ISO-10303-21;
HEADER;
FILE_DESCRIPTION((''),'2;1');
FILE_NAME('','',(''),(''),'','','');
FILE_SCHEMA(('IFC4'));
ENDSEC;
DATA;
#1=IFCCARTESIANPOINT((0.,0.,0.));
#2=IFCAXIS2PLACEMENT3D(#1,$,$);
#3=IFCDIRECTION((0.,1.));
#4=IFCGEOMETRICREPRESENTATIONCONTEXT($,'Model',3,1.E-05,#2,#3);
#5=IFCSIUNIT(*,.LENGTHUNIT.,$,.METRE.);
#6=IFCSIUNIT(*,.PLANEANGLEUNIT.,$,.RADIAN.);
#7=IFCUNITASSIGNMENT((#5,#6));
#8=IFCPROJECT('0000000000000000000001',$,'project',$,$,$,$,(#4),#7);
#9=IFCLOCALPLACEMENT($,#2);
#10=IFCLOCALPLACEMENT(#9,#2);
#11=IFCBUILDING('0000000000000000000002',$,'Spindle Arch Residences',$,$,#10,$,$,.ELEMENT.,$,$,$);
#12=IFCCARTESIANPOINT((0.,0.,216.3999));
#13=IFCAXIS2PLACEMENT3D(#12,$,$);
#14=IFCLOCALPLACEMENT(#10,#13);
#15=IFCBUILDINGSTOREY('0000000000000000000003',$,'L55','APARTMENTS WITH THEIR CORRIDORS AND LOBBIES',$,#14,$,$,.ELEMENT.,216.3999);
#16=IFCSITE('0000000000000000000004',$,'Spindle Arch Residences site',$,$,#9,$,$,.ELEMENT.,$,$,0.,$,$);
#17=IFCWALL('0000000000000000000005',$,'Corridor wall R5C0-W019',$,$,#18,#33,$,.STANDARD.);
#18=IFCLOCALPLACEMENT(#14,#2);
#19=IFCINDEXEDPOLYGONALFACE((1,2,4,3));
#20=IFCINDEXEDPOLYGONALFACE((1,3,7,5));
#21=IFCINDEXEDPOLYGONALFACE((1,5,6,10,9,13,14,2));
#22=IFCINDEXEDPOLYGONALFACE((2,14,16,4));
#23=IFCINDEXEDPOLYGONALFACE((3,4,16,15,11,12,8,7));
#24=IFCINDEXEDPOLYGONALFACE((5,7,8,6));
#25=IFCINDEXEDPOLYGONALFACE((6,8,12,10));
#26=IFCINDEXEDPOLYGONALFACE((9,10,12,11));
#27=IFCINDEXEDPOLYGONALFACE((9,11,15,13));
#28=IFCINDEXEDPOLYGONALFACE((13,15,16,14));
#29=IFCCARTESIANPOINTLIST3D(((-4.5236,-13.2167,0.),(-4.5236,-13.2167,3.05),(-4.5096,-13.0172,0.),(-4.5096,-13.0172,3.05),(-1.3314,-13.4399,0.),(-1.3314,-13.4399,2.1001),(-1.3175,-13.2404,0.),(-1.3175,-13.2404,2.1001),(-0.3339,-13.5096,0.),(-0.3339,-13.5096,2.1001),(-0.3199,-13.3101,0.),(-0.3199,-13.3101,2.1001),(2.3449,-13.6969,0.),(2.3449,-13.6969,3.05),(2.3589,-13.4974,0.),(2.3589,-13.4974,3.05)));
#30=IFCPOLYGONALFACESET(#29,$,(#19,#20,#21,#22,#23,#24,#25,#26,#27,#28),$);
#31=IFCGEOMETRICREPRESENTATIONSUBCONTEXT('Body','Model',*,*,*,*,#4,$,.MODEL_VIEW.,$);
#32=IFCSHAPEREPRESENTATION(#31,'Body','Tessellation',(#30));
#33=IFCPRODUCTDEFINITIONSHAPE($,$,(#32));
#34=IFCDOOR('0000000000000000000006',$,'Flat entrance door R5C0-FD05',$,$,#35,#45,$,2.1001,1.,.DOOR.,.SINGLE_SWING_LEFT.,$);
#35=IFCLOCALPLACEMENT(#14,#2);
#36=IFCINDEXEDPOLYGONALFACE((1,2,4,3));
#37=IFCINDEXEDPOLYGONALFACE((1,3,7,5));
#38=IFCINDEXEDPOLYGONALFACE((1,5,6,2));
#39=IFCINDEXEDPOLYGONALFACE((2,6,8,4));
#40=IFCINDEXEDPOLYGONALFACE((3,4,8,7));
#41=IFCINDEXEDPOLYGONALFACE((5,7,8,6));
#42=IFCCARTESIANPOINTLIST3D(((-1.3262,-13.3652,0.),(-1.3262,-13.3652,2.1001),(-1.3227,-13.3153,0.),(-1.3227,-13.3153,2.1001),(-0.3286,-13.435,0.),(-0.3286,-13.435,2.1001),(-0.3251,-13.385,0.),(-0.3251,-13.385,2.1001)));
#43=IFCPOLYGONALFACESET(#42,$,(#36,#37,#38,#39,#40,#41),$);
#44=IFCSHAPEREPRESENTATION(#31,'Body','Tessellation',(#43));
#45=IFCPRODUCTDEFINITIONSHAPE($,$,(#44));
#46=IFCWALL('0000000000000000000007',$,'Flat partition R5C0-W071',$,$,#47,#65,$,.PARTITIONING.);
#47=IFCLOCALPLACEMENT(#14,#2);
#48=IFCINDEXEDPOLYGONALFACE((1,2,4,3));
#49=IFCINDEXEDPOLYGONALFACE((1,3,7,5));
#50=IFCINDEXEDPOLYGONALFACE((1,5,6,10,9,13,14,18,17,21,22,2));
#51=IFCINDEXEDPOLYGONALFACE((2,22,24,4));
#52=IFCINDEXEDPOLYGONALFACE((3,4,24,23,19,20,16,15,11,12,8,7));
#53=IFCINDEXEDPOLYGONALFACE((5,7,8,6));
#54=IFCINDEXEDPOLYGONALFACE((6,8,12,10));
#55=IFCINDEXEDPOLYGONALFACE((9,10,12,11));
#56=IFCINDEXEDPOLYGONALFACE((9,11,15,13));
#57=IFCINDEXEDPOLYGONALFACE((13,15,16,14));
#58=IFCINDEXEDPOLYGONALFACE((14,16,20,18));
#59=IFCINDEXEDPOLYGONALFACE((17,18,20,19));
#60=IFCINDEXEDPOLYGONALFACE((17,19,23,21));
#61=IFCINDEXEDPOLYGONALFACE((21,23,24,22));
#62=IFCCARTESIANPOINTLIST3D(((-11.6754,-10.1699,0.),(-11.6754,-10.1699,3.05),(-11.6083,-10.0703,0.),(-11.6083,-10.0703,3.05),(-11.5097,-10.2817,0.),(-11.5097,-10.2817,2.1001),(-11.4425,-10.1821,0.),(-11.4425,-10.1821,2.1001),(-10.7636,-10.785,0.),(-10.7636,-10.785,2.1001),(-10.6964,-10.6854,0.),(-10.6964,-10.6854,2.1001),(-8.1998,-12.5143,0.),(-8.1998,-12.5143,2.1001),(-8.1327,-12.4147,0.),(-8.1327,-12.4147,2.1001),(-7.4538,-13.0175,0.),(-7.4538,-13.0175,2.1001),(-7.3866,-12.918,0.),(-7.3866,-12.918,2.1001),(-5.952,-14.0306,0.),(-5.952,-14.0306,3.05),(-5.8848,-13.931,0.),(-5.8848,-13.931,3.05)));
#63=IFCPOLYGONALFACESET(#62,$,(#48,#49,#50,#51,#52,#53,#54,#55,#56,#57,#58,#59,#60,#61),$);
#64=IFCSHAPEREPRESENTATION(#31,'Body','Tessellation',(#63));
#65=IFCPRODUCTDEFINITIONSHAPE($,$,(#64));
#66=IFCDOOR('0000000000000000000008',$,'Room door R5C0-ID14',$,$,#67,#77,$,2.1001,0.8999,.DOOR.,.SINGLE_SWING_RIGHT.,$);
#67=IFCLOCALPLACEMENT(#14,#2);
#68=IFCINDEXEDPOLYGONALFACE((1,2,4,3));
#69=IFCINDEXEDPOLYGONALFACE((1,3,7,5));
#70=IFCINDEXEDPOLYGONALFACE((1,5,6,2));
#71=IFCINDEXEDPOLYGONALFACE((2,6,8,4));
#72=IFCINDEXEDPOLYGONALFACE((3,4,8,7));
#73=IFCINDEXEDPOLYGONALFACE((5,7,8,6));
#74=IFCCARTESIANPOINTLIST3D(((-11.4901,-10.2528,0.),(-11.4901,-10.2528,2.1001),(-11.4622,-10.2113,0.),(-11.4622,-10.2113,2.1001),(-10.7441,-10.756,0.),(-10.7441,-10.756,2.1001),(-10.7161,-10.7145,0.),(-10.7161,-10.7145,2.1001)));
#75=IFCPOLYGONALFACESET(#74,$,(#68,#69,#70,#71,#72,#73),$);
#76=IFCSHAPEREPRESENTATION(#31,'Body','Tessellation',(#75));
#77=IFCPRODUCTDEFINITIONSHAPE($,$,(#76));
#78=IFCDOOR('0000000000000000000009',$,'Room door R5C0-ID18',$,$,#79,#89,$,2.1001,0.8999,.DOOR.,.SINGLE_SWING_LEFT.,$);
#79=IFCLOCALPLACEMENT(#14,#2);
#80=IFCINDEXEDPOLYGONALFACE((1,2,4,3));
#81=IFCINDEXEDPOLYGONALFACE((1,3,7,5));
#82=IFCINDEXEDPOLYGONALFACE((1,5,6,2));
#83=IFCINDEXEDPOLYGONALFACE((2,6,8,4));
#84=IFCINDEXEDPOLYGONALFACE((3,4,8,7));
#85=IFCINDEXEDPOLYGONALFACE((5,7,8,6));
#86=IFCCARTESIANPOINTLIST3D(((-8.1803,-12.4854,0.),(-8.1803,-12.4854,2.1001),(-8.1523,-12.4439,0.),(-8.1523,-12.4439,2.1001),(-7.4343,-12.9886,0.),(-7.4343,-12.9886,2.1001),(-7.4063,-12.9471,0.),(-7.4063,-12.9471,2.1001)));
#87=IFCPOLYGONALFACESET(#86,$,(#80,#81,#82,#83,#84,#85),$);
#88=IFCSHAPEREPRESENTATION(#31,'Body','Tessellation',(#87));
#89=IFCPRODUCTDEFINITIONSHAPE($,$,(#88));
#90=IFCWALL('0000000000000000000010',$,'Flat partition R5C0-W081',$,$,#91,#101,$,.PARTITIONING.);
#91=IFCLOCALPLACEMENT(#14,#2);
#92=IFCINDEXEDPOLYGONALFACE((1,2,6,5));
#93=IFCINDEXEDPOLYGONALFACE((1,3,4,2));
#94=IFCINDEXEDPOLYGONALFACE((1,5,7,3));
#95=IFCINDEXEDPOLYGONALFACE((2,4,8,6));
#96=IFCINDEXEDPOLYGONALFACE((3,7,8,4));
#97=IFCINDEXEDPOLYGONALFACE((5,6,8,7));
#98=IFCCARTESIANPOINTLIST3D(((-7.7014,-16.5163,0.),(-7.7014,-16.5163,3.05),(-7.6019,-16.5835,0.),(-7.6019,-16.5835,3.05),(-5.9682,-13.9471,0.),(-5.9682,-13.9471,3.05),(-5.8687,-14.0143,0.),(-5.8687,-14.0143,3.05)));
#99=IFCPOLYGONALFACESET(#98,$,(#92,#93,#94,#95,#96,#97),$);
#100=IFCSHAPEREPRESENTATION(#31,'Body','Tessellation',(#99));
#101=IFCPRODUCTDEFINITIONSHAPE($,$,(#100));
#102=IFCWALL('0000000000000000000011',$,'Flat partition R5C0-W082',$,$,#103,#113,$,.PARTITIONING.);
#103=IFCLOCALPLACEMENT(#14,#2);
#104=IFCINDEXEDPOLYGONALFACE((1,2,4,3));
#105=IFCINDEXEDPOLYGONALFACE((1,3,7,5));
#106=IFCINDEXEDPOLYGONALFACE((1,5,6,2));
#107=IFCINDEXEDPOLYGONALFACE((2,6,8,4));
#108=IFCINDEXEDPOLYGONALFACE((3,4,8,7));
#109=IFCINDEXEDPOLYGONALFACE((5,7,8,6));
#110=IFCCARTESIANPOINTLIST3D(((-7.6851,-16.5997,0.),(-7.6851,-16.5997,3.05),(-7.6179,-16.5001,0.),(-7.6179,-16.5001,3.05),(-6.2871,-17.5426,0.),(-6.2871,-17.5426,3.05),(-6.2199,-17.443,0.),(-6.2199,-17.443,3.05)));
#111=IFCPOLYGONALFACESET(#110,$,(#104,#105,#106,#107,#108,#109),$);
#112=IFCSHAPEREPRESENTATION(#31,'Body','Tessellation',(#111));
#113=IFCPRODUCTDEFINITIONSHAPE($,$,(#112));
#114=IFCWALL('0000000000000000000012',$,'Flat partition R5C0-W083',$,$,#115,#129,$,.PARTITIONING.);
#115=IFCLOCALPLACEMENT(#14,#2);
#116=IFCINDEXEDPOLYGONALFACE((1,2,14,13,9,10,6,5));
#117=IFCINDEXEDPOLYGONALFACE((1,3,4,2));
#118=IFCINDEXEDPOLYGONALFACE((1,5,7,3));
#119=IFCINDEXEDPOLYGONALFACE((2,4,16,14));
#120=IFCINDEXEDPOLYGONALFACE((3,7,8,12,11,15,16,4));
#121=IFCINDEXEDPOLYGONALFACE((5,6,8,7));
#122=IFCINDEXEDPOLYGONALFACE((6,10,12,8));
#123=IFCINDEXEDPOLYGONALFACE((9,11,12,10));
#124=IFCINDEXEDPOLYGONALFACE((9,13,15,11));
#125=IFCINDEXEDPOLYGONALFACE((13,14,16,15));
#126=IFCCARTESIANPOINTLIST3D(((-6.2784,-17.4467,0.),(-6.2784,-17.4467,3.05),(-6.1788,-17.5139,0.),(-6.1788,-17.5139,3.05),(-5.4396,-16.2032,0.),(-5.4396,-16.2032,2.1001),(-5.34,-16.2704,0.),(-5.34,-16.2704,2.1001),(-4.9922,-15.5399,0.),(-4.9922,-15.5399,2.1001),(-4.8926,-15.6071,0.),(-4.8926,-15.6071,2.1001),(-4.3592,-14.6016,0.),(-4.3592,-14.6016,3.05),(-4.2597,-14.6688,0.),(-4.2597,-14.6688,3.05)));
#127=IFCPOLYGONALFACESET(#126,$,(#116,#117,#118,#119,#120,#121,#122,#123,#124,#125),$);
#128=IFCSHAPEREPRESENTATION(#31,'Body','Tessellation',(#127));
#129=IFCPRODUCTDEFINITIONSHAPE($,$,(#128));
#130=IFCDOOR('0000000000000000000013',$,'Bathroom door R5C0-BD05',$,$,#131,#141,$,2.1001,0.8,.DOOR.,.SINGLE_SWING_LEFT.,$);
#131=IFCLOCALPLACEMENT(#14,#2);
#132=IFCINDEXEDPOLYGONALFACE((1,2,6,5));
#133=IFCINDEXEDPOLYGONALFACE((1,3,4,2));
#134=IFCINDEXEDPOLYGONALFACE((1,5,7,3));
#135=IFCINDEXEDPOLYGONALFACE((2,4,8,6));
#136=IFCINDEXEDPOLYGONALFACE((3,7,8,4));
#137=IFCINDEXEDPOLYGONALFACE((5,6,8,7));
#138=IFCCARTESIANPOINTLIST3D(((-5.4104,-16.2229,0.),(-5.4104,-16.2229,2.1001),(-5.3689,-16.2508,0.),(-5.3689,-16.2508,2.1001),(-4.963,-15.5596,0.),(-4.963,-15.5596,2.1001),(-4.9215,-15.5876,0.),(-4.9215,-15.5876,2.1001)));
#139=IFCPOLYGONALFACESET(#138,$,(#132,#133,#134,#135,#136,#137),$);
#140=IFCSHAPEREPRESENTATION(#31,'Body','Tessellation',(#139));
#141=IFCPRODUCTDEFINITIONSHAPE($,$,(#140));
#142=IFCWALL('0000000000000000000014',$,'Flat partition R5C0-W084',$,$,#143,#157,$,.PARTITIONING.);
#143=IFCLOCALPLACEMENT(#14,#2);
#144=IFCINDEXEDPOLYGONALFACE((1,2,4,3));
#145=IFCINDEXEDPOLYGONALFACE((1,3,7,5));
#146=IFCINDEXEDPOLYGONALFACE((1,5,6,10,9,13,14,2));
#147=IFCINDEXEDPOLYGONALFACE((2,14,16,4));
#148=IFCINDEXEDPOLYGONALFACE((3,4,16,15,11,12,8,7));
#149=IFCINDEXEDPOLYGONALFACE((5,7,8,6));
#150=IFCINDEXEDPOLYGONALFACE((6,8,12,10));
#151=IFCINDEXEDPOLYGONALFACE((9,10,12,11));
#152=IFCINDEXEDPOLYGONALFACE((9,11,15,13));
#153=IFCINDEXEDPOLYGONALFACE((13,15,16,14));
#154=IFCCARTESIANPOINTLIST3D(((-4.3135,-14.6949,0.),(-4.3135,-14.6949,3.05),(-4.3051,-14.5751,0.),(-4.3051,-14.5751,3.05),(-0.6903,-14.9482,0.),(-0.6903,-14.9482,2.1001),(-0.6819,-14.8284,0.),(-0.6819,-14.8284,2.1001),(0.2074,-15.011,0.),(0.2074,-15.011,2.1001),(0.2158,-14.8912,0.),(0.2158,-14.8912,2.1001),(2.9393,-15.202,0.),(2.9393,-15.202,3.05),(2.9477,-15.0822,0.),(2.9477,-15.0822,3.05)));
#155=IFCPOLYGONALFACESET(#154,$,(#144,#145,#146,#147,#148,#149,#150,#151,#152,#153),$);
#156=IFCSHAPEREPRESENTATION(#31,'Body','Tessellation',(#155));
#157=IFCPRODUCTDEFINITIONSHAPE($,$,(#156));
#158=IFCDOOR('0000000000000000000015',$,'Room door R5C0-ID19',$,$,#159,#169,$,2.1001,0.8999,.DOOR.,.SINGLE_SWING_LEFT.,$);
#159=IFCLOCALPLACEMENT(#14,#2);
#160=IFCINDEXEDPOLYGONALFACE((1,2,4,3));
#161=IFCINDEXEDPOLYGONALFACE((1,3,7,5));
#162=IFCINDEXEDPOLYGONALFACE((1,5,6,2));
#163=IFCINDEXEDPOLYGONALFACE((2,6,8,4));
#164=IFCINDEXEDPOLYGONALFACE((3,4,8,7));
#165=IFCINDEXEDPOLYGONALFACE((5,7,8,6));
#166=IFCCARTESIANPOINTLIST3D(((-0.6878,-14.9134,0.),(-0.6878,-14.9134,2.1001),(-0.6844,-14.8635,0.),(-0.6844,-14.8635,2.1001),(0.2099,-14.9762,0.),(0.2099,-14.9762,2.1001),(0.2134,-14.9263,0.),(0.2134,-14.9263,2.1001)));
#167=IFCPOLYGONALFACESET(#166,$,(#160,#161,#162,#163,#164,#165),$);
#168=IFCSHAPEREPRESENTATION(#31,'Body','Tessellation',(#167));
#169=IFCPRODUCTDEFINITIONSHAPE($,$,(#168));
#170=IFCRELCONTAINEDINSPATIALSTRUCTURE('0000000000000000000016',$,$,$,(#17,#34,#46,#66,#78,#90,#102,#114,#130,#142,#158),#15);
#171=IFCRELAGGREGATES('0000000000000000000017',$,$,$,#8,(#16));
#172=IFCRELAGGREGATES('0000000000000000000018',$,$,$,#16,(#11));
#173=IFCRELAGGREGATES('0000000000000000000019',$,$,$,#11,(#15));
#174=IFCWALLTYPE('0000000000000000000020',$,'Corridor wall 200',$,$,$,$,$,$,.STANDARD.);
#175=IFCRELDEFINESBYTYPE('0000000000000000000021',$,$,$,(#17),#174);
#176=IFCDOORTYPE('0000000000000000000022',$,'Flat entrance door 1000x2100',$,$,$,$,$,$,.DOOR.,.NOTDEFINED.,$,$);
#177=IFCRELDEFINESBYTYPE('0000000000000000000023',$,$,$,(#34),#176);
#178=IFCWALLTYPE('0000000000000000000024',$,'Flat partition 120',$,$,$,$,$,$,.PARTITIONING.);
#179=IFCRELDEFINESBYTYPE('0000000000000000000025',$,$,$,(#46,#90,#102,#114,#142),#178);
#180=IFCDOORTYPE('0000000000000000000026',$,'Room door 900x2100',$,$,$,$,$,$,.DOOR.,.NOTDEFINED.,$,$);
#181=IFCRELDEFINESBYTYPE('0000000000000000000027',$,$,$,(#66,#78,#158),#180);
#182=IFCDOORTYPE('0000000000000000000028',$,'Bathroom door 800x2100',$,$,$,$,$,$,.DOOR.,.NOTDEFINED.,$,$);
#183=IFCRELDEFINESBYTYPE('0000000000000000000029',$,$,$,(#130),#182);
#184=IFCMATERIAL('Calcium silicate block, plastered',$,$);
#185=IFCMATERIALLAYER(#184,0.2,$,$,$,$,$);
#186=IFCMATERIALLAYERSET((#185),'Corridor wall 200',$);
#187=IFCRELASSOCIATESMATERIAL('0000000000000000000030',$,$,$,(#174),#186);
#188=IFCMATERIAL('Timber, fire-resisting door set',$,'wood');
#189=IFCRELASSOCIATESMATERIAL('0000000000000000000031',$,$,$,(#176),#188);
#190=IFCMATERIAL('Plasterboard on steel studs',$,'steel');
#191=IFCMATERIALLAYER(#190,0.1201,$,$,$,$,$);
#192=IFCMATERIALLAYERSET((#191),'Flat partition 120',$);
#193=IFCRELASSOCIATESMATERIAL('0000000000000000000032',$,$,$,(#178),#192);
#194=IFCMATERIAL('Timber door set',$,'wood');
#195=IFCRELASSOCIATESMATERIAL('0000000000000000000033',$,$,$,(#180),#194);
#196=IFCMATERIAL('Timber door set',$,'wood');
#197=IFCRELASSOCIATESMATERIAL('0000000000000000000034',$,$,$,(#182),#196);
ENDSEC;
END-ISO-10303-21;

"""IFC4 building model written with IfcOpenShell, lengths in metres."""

from ifc_helpers import new_model, si_unit, direction, frame, frame_2d, origin, place, context, subcontext, project, spatial, rectangle, extrude, material, layer, layer_set, type_object, element, fill, save


model = new_model("IFC4")

# Units and contexts
model_context = context("Model", 3, precision=1e-05, world=origin(), true_north=direction((0.0, 1.0)))
body_context = subcontext(model_context, "Body", "Model", "MODEL_VIEW")
ifc_project = project(units=[si_unit("LENGTHUNIT", "METRE"), si_unit("PLANEANGLEUNIT", "RADIAN")], contexts=[model_context])

# Site, building, storey
site_placement = place(None, origin())
site = spatial("IfcSite", under=ifc_project, at=site_placement, Name="Spindle Arch Residences site", CompositionType="ELEMENT", RefElevation=0.0)
building_placement = place(site_placement, origin())
building = spatial("IfcBuilding", under=site, at=building_placement, Name="Spindle Arch Residences", CompositionType="ELEMENT")
storey_placement = place(building_placement, frame((0.0, 0.0, 216.3999)))
storey = spatial("IfcBuildingStorey", under=building, at=storey_placement, Name="L55", Description="APARTMENTS WITH THEIR CORRIDORS AND LOBBIES", CompositionType="ELEMENT", Elevation=216.3999)

# Wall, opening, door
ifc_material_1 = material(Name="Calcium silicate block, plastered")
ifc_layer_1 = layer(ifc_material_1, 0.2)
ifc_layer_set_1 = layer_set([ifc_layer_1], Name="Corridor wall 200")
wall_type_1 = type_object("IfcWallType", Name="Corridor wall 200", PredefinedType="STANDARD", material=ifc_layer_set_1)
wall_1_placement = place(storey_placement, frame((-4.5166, -13.1169, 0.0), z_axis=(0.0, 0.0, 1.0), x_axis=(0.997565, -0.069748, 0.0)))
wall_1 = element("IfcWall", 1, at=wall_1_placement, inside=storey, type_object=wall_type_1, Name="Corridor wall R5C0-W019", PredefinedType="STANDARD", context=body_context, shape_type="SweptSolid", body=[
    extrude(rectangle(XDim=6.8853, YDim=0.2, at=frame_2d((3.4426, 0.0))), origin(), (0.0, 0.0, 1.0), 3.05),
])
opening_1_placement = place(wall_1_placement, frame((3.2, 0.0, 0.0)))
opening_1 = element("IfcOpeningElement", 2, at=opening_1_placement, cuts=wall_1, PredefinedType="OPENING", context=body_context, shape_type="SweptSolid", body=[
    extrude(rectangle(XDim=1.0, YDim=2.1001, at=frame_2d((0.5, 1.05))), frame((0.0, 0.1099, 0.0), z_axis=(0.0, -1.0, 0.0), x_axis=(1.0, 0.0, 0.0)), (0.0, 0.0, 1.0), 0.22),
])
ifc_material_2 = material(Name="Timber, fire-resisting door set", Category="wood")
door_type_1 = type_object("IfcDoorType", Name="Flat entrance door 1000x2100", OperationType="NOTDEFINED", PredefinedType="DOOR", material=ifc_material_2)
door_1_placement = place(opening_1_placement, origin())
door_1 = element("IfcDoor", 3, at=door_1_placement, inside=storey, type_object=door_type_1, Name="Flat entrance door R5C0-FD05", OperationType="SINGLE_SWING_LEFT", OverallHeight=2.1001, OverallWidth=1.0, PredefinedType="DOOR", context=body_context, shape_type="SweptSolid", body=[
    extrude(rectangle(XDim=1.0, YDim=2.1001, at=frame_2d((0.5, 1.05))), frame((0.0, 0.0249, 0.0), z_axis=(0.0, -1.0, 0.0), x_axis=(1.0, 0.0, 0.0)), (0.0, 0.0, 1.0), 0.05),
])
fill(opening_1, door_1)

# Wall, openings, doors
ifc_material_3 = material(Name="Plasterboard on steel studs", Category="steel")
ifc_layer_2 = layer(ifc_material_3, 0.1201)
ifc_layer_set_2 = layer_set([ifc_layer_2], Name="Flat partition 120")
wall_type_2 = type_object("IfcWallType", Name="Flat partition 120", PredefinedType="PARTITIONING", material=ifc_layer_set_2)
wall_2_placement = place(storey_placement, frame((-11.6418, -10.1201, 0.0), z_axis=(0.0, 0.0, 1.0), x_axis=(0.829029, -0.559205, 0.0)))
wall_2 = element("IfcWall", 4, at=wall_2_placement, inside=storey, type_object=wall_type_2, Name="Flat partition R5C0-W071", PredefinedType="PARTITIONING", context=body_context, shape_type="SweptSolid", body=[
    extrude(rectangle(XDim=6.9038, YDim=0.1201, at=frame_2d((3.4519, 0.0))), origin(), (0.0, 0.0, 1.0), 3.05),
])
opening_2_placement = place(wall_2_placement, frame((0.2, 0.0, 0.0)))
opening_2 = element("IfcOpeningElement", 5, at=opening_2_placement, cuts=wall_2, PredefinedType="OPENING", context=body_context, shape_type="SweptSolid", body=[
    extrude(rectangle(XDim=0.8999, YDim=2.1001, at=frame_2d((0.45, 1.05))), frame((0.0, 0.0701, 0.0), z_axis=(0.0, -1.0, 0.0), x_axis=(1.0, 0.0, 0.0)), (0.0, 0.0, 1.0), 0.1401),
])
opening_3_placement = place(wall_2_placement, frame((4.1924, 0.0, 0.0)))
opening_3 = element("IfcOpeningElement", 6, at=opening_3_placement, cuts=wall_2, PredefinedType="OPENING", context=body_context, shape_type="SweptSolid", body=[
    extrude(rectangle(XDim=0.8999, YDim=2.1001, at=frame_2d((0.45, 1.05))), frame((0.0, 0.0701, 0.0), z_axis=(0.0, -1.0, 0.0), x_axis=(1.0, 0.0, 0.0)), (0.0, 0.0, 1.0), 0.1401),
])
ifc_material_4 = material(Name="Timber door set", Category="wood")
door_type_2 = type_object("IfcDoorType", Name="Room door 900x2100", OperationType="NOTDEFINED", PredefinedType="DOOR", material=ifc_material_4)
door_2_placement = place(opening_2_placement, origin())
door_2 = element("IfcDoor", 7, at=door_2_placement, inside=storey, type_object=door_type_2, Name="Room door R5C0-ID14", OperationType="SINGLE_SWING_RIGHT", OverallHeight=2.1001, OverallWidth=0.8999, PredefinedType="DOOR", context=body_context, shape_type="SweptSolid", body=[
    extrude(rectangle(XDim=0.8999, YDim=2.1001, at=frame_2d((0.45, 1.05))), frame((0.0, 0.0249, 0.0), z_axis=(0.0, -1.0, 0.0), x_axis=(1.0, 0.0, 0.0)), (0.0, 0.0, 1.0), 0.05),
])
fill(opening_2, door_2)
door_3_placement = place(opening_3_placement, origin())
door_3 = element("IfcDoor", 8, at=door_3_placement, inside=storey, type_object=door_type_2, Name="Room door R5C0-ID18", OperationType="SINGLE_SWING_LEFT", OverallHeight=2.1001, OverallWidth=0.8999, PredefinedType="DOOR", context=body_context, shape_type="SweptSolid", body=[
    extrude(rectangle(XDim=0.8999, YDim=2.1001, at=frame_2d((0.45, 1.05))), frame((0.0, 0.0249, 0.0), z_axis=(0.0, -1.0, 0.0), x_axis=(1.0, 0.0, 0.0)), (0.0, 0.0, 1.0), 0.05),
])
fill(opening_3, door_3)

# Walls
wall_3_placement = place(storey_placement, frame((-5.9185, -13.9807, 0.0), z_axis=(0.0, 0.0, 1.0), x_axis=(-0.559255, -0.828996, 0.0)))
element("IfcWall", 9, at=wall_3_placement, inside=storey, type_object=wall_type_2, Name="Flat partition R5C0-W081", PredefinedType="PARTITIONING", context=body_context, shape_type="SweptSolid", body=[
    extrude(rectangle(XDim=3.0991, YDim=0.1201, at=frame_2d((1.5496, 0.0))), origin(), (0.0, 0.0, 1.0), 3.05),
])
wall_4_placement = place(storey_placement, frame((-7.6516, -16.5498, 0.0), z_axis=(0.0, 0.0, 1.0), x_axis=(0.829053, -0.559169, 0.0)))
element("IfcWall", 10, at=wall_4_placement, inside=storey, type_object=wall_type_2, Name="Flat partition R5C0-W082", PredefinedType="PARTITIONING", context=body_context, shape_type="SweptSolid", body=[
    extrude(rectangle(XDim=1.6863, YDim=0.1201, at=frame_2d((0.8433, 0.0))), origin(), (0.0, 0.0, 1.0), 3.05),
])

# Walls, openings, doors
wall_5_placement = place(storey_placement, frame((-6.2285, -17.4802, 0.0), z_axis=(0.0, 0.0, 1.0), x_axis=(0.559206, 0.829028, 0.0)))
wall_5 = element("IfcWall", 11, at=wall_5_placement, inside=storey, type_object=wall_type_2, Name="Flat partition R5C0-W083", PredefinedType="PARTITIONING", context=body_context, shape_type="SweptSolid", body=[
    extrude(rectangle(XDim=3.4319, YDim=0.1201, at=frame_2d((1.7158, 0.0))), origin(), (0.0, 0.0, 1.0), 3.05),
])
opening_4_placement = place(wall_5_placement, frame((1.5, 0.0, 0.0)))
opening_4 = element("IfcOpeningElement", 12, at=opening_4_placement, cuts=wall_5, PredefinedType="OPENING", context=body_context, shape_type="SweptSolid", body=[
    extrude(rectangle(XDim=0.8, YDim=2.1001, at=frame_2d((0.3999, 1.05))), frame((0.0, 0.0701, 0.0), z_axis=(0.0, -1.0, 0.0), x_axis=(1.0, 0.0, 0.0)), (0.0, 0.0, 1.0), 0.1401),
])
ifc_material_5 = material(Name="Timber door set", Category="wood")
door_type_3 = type_object("IfcDoorType", Name="Bathroom door 800x2100", OperationType="NOTDEFINED", PredefinedType="DOOR", material=ifc_material_5)
door_4_placement = place(opening_4_placement, origin())
door_4 = element("IfcDoor", 13, at=door_4_placement, inside=storey, type_object=door_type_3, Name="Bathroom door R5C0-BD05", OperationType="SINGLE_SWING_LEFT", OverallHeight=2.1001, OverallWidth=0.8, PredefinedType="DOOR", context=body_context, shape_type="SweptSolid", body=[
    extrude(rectangle(XDim=0.8, YDim=2.1001, at=frame_2d((0.3999, 1.05))), frame((0.0, 0.0249, 0.0), z_axis=(0.0, -1.0, 0.0), x_axis=(1.0, 0.0, 0.0)), (0.0, 0.0, 1.0), 0.05),
])
fill(opening_4, door_4)
wall_6_placement = place(storey_placement, frame((-4.3093, -14.635, 0.0), z_axis=(0.0, 0.0, 1.0), x_axis=(0.997565, -0.069746, 0.0)))
wall_6 = element("IfcWall", 14, at=wall_6_placement, inside=storey, type_object=wall_type_2, Name="Flat partition R5C0-W084", PredefinedType="PARTITIONING", context=body_context, shape_type="SweptSolid", body=[
    extrude(rectangle(XDim=7.2705, YDim=0.1201, at=frame_2d((3.6353, 0.0))), origin(), (0.0, 0.0, 1.0), 3.05),
])
opening_5_placement = place(wall_6_placement, frame((3.6321, 0.0, 0.0)))
opening_5 = element("IfcOpeningElement", 15, at=opening_5_placement, cuts=wall_6, PredefinedType="OPENING", context=body_context, shape_type="SweptSolid", body=[
    extrude(rectangle(XDim=0.8999, YDim=2.1001, at=frame_2d((0.45, 1.05))), frame((0.0, 0.0701, 0.0), z_axis=(0.0, -1.0, 0.0), x_axis=(1.0, 0.0, 0.0)), (0.0, 0.0, 1.0), 0.1401),
])
door_5_placement = place(opening_5_placement, origin())
door_5 = element("IfcDoor", 16, at=door_5_placement, inside=storey, type_object=door_type_2, Name="Room door R5C0-ID19", OperationType="SINGLE_SWING_LEFT", OverallHeight=2.1001, OverallWidth=0.8999, PredefinedType="DOOR", context=body_context, shape_type="SweptSolid", body=[
    extrude(rectangle(XDim=0.8999, YDim=2.1001, at=frame_2d((0.45, 1.05))), frame((0.0, 0.0249, 0.0), z_axis=(0.0, -1.0, 0.0), x_axis=(1.0, 0.0, 0.0)), (0.0, 0.0, 1.0), 0.05),
])
fill(opening_5, door_5)

save(model, "model.ifc")
